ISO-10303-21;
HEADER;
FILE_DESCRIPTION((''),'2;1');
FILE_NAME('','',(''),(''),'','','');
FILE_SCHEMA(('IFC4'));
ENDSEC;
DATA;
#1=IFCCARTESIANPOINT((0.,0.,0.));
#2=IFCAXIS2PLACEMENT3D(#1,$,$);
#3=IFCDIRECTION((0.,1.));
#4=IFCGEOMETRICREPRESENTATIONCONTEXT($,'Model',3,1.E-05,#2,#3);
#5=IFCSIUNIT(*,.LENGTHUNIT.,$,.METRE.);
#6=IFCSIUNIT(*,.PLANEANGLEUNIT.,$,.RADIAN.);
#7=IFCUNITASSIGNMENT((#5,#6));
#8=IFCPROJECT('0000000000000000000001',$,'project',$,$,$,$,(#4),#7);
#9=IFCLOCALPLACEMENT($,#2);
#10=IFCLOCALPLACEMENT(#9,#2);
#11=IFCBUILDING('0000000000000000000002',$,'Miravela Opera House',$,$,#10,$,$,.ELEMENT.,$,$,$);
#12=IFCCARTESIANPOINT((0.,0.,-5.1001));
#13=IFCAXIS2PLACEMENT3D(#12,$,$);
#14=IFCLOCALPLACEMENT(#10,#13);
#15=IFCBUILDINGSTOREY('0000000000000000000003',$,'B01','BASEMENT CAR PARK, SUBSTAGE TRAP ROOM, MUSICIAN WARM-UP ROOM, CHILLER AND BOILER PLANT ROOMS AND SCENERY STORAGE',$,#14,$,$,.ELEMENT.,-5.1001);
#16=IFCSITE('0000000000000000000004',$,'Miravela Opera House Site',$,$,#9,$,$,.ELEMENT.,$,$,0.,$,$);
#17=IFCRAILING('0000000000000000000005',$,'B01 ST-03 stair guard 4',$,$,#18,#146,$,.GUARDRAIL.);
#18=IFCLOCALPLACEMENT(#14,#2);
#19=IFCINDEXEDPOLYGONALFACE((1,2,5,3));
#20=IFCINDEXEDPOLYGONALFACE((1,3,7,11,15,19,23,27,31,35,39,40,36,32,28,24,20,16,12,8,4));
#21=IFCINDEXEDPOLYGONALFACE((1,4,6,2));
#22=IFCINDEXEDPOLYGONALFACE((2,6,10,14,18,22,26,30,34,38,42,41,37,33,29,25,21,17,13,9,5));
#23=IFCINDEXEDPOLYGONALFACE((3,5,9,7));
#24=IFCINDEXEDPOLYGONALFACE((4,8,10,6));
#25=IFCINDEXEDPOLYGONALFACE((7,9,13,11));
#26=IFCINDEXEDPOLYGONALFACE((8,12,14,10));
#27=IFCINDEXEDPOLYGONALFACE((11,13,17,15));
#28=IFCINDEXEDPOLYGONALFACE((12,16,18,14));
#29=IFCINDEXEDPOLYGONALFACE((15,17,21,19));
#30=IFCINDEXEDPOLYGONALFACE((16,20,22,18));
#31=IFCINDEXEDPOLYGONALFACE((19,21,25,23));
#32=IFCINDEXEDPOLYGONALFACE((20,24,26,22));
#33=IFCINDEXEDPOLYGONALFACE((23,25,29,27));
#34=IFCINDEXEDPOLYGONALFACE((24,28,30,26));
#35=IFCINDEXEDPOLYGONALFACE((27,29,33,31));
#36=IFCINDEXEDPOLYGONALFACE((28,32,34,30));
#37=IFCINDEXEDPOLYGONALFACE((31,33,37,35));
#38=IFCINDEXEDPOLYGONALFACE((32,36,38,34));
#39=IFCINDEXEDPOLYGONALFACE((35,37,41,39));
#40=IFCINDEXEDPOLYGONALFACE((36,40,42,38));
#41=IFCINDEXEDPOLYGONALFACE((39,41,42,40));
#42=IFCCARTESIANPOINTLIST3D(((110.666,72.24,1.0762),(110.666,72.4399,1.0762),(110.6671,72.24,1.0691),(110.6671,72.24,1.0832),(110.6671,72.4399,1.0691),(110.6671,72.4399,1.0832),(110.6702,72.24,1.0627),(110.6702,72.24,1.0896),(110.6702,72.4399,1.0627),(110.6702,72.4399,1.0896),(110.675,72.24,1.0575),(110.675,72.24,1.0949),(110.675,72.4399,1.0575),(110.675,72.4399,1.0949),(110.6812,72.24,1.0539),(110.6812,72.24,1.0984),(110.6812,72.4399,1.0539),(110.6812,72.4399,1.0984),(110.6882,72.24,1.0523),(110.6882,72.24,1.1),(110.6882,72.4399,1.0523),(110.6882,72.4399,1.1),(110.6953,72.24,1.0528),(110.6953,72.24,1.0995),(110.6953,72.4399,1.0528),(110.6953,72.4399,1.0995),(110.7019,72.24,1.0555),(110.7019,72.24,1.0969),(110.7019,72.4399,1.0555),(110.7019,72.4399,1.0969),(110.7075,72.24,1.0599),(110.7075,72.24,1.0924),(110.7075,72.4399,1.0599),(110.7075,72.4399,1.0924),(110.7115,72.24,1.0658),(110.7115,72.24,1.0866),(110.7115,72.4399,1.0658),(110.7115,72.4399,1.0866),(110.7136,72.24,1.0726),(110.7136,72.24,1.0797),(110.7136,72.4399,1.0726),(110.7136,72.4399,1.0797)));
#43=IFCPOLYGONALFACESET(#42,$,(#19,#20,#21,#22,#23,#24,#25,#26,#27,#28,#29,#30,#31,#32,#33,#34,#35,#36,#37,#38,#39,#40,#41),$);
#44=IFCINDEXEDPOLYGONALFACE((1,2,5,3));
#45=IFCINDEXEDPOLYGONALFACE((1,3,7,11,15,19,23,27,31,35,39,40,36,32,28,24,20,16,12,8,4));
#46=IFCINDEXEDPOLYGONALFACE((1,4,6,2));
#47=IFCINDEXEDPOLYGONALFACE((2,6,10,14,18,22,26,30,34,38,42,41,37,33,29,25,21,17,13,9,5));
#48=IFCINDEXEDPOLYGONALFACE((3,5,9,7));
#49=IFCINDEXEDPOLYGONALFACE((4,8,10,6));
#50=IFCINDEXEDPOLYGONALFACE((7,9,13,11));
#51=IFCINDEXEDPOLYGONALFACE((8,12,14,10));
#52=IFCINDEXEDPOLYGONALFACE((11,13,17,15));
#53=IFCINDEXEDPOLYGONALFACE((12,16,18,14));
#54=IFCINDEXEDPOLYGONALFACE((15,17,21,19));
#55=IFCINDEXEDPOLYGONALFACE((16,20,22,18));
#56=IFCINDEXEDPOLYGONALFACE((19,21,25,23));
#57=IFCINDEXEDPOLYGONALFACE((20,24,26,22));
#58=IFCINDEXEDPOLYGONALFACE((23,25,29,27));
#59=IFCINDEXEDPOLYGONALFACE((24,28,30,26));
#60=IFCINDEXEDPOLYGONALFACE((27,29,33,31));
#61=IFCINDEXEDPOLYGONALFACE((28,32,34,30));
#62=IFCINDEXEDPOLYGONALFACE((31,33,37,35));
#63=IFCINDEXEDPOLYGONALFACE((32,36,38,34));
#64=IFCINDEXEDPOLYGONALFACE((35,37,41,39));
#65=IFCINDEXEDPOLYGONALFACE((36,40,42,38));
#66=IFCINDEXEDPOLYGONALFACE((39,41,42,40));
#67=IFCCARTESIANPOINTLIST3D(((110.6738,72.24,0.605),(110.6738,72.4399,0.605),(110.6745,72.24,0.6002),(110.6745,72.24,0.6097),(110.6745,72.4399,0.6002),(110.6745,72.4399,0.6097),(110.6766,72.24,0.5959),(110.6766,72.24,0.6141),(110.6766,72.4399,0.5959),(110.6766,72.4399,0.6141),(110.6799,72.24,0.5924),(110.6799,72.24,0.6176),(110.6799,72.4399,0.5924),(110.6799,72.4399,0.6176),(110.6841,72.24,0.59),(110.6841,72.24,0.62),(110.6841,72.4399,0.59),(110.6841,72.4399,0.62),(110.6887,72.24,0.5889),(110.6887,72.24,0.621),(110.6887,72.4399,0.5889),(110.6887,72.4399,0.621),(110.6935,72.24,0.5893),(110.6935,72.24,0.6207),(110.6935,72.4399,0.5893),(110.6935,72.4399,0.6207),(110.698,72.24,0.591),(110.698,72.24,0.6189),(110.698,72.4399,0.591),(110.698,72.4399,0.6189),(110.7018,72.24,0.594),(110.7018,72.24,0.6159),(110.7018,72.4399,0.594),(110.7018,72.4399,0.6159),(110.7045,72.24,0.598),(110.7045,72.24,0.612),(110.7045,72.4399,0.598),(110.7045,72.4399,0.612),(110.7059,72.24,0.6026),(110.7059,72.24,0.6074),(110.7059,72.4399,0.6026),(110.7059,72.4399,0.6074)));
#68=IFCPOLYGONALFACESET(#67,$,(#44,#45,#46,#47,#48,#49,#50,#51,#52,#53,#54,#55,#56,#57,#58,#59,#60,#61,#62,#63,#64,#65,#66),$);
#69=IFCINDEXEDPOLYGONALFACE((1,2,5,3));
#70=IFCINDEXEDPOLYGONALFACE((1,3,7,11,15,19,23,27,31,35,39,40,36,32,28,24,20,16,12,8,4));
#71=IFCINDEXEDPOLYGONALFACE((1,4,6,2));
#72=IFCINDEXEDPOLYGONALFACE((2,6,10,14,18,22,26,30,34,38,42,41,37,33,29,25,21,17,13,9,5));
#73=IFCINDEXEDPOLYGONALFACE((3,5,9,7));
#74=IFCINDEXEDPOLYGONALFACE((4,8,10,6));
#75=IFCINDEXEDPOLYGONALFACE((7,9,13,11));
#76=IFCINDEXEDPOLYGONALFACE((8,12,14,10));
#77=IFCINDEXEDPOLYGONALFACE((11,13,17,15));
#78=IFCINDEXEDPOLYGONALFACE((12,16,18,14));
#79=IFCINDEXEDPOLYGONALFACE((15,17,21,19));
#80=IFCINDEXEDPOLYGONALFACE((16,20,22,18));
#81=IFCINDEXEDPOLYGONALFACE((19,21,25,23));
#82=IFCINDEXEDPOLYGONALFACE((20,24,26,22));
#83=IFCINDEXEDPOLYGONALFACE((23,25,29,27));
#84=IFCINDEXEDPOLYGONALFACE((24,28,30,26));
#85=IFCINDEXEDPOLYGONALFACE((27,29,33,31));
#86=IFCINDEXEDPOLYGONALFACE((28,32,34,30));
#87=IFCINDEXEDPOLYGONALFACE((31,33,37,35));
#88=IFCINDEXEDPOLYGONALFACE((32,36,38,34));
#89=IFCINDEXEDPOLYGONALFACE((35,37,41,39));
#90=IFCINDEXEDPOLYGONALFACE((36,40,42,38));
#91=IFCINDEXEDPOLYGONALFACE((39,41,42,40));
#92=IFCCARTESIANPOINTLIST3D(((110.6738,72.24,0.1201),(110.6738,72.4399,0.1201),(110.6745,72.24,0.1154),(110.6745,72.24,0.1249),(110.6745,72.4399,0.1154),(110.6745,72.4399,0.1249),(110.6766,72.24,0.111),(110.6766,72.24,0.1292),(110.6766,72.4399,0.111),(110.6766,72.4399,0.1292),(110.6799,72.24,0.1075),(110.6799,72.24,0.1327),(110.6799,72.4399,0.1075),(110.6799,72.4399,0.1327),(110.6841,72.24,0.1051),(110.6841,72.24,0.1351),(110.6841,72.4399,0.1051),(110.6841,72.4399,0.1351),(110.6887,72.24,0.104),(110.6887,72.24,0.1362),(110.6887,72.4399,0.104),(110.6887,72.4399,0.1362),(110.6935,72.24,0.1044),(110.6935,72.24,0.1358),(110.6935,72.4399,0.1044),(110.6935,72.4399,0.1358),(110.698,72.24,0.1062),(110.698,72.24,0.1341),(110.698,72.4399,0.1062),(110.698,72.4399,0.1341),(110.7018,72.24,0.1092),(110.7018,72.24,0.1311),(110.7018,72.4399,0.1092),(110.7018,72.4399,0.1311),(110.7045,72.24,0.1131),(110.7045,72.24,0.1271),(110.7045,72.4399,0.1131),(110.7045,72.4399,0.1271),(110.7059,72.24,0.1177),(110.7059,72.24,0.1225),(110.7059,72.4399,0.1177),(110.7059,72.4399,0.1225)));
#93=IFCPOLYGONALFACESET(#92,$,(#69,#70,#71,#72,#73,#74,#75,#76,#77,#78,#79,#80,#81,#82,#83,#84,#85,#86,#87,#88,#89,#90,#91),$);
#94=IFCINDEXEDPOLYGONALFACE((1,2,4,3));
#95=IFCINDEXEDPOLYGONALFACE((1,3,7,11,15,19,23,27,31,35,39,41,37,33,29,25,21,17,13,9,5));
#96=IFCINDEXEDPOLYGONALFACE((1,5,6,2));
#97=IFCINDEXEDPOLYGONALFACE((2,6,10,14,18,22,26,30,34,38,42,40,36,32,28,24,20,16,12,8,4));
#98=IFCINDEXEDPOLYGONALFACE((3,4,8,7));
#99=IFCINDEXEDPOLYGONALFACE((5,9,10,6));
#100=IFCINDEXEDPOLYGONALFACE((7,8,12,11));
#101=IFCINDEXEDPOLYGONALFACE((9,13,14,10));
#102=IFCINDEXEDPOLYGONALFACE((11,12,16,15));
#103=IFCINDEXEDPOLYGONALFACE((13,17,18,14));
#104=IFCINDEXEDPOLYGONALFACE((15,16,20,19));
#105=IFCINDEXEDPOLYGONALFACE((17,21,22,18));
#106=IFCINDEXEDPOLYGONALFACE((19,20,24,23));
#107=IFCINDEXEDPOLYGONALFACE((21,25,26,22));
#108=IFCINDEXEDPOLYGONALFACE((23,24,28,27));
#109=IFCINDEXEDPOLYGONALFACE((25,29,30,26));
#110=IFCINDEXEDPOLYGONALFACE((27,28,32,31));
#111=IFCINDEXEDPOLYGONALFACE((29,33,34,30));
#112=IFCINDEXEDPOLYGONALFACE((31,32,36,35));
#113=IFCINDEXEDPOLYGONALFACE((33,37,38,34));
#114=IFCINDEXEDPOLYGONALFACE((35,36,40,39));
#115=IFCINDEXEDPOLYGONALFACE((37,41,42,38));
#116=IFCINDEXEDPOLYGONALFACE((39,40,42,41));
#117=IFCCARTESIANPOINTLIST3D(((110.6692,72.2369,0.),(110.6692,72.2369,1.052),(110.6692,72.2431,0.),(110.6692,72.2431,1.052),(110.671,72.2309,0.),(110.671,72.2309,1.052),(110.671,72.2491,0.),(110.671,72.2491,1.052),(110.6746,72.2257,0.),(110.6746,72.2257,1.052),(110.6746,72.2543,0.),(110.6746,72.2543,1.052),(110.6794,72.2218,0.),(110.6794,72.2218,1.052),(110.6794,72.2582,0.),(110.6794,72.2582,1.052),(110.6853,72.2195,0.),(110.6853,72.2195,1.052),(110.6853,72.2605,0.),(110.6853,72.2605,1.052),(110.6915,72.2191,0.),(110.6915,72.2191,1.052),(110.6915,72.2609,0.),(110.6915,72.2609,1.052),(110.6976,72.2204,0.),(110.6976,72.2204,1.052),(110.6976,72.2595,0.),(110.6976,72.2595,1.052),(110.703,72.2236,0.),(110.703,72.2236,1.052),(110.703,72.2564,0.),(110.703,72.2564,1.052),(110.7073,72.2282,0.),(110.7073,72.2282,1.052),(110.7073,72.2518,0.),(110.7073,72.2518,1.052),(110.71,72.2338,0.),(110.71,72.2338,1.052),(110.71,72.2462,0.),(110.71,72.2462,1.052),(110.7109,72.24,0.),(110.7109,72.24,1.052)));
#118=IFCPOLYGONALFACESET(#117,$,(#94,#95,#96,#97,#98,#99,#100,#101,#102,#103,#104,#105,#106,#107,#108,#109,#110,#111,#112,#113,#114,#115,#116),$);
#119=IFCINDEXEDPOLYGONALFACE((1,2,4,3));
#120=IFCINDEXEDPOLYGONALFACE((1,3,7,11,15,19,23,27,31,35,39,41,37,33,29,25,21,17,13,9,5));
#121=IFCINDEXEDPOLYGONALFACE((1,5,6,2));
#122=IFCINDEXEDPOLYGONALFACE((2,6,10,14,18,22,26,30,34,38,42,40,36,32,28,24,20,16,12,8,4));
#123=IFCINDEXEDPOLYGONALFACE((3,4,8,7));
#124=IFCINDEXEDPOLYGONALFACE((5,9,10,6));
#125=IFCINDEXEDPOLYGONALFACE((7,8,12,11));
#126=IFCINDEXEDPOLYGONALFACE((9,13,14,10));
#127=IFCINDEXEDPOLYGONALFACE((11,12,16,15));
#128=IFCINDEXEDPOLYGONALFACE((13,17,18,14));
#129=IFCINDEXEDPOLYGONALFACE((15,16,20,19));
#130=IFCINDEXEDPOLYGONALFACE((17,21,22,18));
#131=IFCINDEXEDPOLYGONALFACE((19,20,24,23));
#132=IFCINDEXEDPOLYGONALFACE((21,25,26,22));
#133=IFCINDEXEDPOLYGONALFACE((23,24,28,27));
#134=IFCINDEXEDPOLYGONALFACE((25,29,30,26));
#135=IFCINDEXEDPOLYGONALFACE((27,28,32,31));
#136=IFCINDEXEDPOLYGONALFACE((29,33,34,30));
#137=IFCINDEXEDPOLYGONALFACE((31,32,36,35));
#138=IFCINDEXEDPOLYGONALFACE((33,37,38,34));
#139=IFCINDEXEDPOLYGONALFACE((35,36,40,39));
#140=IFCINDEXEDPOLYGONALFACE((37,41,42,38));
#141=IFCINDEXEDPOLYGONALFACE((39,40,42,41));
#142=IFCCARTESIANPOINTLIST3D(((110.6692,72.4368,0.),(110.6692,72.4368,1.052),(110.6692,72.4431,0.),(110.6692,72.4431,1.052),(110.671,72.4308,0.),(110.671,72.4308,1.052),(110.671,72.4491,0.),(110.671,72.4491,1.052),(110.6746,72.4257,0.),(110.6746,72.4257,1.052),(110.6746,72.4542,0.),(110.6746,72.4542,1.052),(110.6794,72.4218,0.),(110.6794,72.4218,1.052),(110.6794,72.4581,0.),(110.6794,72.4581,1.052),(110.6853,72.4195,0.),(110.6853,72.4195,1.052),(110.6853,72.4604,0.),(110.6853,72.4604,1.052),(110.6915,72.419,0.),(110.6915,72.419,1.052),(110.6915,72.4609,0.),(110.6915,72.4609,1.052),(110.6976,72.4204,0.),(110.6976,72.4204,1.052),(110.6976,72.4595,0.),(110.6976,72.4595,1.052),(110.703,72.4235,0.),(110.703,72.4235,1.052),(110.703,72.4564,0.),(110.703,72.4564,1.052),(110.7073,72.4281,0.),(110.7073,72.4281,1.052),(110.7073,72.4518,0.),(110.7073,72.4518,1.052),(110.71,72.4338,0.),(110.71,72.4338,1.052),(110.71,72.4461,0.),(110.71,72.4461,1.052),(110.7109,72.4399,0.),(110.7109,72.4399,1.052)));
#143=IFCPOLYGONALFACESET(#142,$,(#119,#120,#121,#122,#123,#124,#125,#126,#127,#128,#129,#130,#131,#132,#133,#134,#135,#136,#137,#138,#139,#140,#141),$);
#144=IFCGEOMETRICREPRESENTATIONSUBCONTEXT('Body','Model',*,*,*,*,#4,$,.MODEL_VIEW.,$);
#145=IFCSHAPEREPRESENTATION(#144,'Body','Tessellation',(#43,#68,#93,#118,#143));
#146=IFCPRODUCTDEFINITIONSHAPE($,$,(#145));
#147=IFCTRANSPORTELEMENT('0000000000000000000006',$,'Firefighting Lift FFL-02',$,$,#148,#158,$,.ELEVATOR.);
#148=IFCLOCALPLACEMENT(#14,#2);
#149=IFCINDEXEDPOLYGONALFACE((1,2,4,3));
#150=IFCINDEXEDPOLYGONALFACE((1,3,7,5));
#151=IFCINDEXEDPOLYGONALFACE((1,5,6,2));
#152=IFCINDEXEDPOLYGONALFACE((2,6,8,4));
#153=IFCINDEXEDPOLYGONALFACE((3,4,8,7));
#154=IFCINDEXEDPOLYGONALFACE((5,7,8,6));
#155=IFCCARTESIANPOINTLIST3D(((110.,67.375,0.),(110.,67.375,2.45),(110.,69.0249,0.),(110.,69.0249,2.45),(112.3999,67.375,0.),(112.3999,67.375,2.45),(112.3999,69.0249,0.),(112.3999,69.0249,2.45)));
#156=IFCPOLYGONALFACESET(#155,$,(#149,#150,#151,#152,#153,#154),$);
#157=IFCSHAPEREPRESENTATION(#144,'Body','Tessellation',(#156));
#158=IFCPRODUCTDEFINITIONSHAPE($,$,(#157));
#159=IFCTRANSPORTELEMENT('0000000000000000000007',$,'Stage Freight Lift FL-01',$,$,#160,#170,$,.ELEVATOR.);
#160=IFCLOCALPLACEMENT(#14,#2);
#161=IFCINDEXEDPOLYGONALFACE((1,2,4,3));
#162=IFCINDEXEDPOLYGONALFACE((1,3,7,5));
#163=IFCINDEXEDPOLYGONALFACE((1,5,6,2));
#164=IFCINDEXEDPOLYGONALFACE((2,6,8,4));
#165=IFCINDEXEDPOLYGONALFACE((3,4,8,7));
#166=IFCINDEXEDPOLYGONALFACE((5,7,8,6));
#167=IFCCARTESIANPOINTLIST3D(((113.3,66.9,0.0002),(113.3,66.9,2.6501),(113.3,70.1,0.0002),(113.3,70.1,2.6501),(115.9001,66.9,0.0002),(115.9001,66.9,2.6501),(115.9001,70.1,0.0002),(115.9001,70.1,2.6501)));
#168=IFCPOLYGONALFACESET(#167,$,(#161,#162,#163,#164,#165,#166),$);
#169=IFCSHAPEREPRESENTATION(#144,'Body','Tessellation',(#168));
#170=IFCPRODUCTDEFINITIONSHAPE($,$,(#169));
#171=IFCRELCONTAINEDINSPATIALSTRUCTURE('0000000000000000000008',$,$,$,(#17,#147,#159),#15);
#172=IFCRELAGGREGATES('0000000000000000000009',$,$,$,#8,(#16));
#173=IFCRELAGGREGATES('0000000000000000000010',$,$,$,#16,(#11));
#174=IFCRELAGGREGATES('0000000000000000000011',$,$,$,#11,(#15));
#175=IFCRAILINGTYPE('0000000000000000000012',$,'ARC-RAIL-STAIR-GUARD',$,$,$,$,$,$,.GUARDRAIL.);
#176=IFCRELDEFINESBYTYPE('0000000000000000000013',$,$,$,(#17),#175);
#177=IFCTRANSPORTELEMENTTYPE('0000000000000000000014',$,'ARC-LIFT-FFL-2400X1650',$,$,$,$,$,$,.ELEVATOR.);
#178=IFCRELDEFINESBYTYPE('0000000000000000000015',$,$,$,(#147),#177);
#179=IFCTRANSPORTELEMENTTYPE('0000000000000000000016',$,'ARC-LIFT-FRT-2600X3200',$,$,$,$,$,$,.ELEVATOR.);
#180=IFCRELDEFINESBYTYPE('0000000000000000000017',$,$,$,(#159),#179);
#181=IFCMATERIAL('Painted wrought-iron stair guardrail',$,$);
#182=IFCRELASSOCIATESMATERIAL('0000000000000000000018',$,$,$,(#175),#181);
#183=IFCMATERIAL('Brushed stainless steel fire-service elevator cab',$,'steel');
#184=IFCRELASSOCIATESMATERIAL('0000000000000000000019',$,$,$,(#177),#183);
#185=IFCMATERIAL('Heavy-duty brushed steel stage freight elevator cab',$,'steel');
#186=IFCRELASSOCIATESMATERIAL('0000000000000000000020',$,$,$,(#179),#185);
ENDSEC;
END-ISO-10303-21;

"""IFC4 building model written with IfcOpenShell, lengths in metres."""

from ifc_helpers import new_model, si_unit, direction, frame, origin, origin_2d, place, context, subcontext, project, spatial, rectangle, circle, extrude, material, type_object, element, save


model = new_model("IFC4")

# Units and contexts
model_context = context("Model", 3, precision=1e-05, world=origin(), true_north=direction((0.0, 1.0)))
body_context = subcontext(model_context, "Body", "Model", "MODEL_VIEW")
ifc_project = project(units=[si_unit("LENGTHUNIT", "METRE"), si_unit("PLANEANGLEUNIT", "RADIAN")], contexts=[model_context])

# Site, building, storey
site_placement = place(None, origin())
site = spatial("IfcSite", under=ifc_project, at=site_placement, Name="Miravela Opera House Site", CompositionType="ELEMENT", RefElevation=0.0)
building_placement = place(site_placement, origin())
building = spatial("IfcBuilding", under=site, at=building_placement, Name="Miravela Opera House", CompositionType="ELEMENT")
storey_placement = place(building_placement, frame((0.0, 0.0, -5.1001)))
storey = spatial("IfcBuildingStorey", under=building, at=storey_placement, Name="B01", Description="BASEMENT CAR PARK, SUBSTAGE TRAP ROOM, MUSICIAN WARM-UP ROOM, CHILLER AND BOILER PLANT ROOMS AND SCENERY STORAGE", CompositionType="ELEMENT", Elevation=-5.1001)

# Railing
ifc_material_1 = material(Name="Painted wrought-iron stair guardrail")
railing_type_1 = type_object("IfcRailingType", Name="ARC-RAIL-STAIR-GUARD", PredefinedType="GUARDRAIL", material=ifc_material_1)
railing_1_placement = place(storey_placement, frame((110.6899, 72.24, 0.0)))
element("IfcRailing", 1, at=railing_1_placement, inside=storey, type_object=railing_type_1, Name="B01 ST-03 stair guard 4", PredefinedType="GUARDRAIL", context=body_context, shape_type="SweptSolid", body=[
    extrude(circle(Radius=0.0239, at=origin_2d()), frame((0.0, 0.0, 1.0762), z_axis=(0.0, 1.0, 0.0), x_axis=(-1.0, 0.0, 0.0)), (0.0, 0.0, 1.0), 0.2),
    extrude(circle(Radius=0.0161, at=origin_2d()), frame((0.0, 0.0, 0.605), z_axis=(0.0, 1.0, 0.0), x_axis=(-1.0, 0.0, 0.0)), (0.0, 0.0, 1.0), 0.2),
    extrude(circle(Radius=0.0161, at=origin_2d()), frame((0.0, 0.0, 0.1201), z_axis=(0.0, 1.0, 0.0), x_axis=(-1.0, 0.0, 0.0)), (0.0, 0.0, 1.0), 0.2),
    extrude(circle(Radius=0.021, at=origin_2d()), origin(), (0.0, 0.0, 1.0), 1.052),
    extrude(circle(Radius=0.021, at=origin_2d()), frame((0.0, 0.2, 0.0)), (0.0, 0.0, 1.0), 1.052),
])

# Transport elements
ifc_material_2 = material(Name="Brushed stainless steel fire-service elevator cab", Category="steel")
transport_element_type_1 = type_object("IfcTransportElementType", Name="ARC-LIFT-FFL-2400X1650", PredefinedType="ELEVATOR", material=ifc_material_2)
transport_element_1_placement = place(storey_placement, frame((111.2, 68.2, 0.0), z_axis=(0.0, 0.0, 1.0), x_axis=(1.0, 0.0, 0.0)))
element("IfcTransportElement", 2, at=transport_element_1_placement, inside=storey, type_object=transport_element_type_1, Name="Firefighting Lift FFL-02", PredefinedType="ELEVATOR", context=body_context, shape_type="SweptSolid", body=[
    extrude(rectangle(XDim=2.3999, YDim=1.6499, at=origin_2d()), origin(), (0.0, 0.0, 1.0), 2.45),
])
ifc_material_3 = material(Name="Heavy-duty brushed steel stage freight elevator cab", Category="steel")
transport_element_type_2 = type_object("IfcTransportElementType", Name="ARC-LIFT-FRT-2600X3200", PredefinedType="ELEVATOR", material=ifc_material_3)
transport_element_2_placement = place(storey_placement, frame((114.6001, 68.5, 0.0002), z_axis=(0.0, 0.0, 1.0), x_axis=(1.0, 0.0, 0.0)))
element("IfcTransportElement", 3, at=transport_element_2_placement, inside=storey, type_object=transport_element_type_2, Name="Stage Freight Lift FL-01", PredefinedType="ELEVATOR", context=body_context, shape_type="SweptSolid", body=[
    extrude(rectangle(XDim=2.6001, YDim=3.2, at=origin_2d()), origin(), (0.0, 0.0, 1.0), 2.6499),
])

save(model, "model.ifc")
